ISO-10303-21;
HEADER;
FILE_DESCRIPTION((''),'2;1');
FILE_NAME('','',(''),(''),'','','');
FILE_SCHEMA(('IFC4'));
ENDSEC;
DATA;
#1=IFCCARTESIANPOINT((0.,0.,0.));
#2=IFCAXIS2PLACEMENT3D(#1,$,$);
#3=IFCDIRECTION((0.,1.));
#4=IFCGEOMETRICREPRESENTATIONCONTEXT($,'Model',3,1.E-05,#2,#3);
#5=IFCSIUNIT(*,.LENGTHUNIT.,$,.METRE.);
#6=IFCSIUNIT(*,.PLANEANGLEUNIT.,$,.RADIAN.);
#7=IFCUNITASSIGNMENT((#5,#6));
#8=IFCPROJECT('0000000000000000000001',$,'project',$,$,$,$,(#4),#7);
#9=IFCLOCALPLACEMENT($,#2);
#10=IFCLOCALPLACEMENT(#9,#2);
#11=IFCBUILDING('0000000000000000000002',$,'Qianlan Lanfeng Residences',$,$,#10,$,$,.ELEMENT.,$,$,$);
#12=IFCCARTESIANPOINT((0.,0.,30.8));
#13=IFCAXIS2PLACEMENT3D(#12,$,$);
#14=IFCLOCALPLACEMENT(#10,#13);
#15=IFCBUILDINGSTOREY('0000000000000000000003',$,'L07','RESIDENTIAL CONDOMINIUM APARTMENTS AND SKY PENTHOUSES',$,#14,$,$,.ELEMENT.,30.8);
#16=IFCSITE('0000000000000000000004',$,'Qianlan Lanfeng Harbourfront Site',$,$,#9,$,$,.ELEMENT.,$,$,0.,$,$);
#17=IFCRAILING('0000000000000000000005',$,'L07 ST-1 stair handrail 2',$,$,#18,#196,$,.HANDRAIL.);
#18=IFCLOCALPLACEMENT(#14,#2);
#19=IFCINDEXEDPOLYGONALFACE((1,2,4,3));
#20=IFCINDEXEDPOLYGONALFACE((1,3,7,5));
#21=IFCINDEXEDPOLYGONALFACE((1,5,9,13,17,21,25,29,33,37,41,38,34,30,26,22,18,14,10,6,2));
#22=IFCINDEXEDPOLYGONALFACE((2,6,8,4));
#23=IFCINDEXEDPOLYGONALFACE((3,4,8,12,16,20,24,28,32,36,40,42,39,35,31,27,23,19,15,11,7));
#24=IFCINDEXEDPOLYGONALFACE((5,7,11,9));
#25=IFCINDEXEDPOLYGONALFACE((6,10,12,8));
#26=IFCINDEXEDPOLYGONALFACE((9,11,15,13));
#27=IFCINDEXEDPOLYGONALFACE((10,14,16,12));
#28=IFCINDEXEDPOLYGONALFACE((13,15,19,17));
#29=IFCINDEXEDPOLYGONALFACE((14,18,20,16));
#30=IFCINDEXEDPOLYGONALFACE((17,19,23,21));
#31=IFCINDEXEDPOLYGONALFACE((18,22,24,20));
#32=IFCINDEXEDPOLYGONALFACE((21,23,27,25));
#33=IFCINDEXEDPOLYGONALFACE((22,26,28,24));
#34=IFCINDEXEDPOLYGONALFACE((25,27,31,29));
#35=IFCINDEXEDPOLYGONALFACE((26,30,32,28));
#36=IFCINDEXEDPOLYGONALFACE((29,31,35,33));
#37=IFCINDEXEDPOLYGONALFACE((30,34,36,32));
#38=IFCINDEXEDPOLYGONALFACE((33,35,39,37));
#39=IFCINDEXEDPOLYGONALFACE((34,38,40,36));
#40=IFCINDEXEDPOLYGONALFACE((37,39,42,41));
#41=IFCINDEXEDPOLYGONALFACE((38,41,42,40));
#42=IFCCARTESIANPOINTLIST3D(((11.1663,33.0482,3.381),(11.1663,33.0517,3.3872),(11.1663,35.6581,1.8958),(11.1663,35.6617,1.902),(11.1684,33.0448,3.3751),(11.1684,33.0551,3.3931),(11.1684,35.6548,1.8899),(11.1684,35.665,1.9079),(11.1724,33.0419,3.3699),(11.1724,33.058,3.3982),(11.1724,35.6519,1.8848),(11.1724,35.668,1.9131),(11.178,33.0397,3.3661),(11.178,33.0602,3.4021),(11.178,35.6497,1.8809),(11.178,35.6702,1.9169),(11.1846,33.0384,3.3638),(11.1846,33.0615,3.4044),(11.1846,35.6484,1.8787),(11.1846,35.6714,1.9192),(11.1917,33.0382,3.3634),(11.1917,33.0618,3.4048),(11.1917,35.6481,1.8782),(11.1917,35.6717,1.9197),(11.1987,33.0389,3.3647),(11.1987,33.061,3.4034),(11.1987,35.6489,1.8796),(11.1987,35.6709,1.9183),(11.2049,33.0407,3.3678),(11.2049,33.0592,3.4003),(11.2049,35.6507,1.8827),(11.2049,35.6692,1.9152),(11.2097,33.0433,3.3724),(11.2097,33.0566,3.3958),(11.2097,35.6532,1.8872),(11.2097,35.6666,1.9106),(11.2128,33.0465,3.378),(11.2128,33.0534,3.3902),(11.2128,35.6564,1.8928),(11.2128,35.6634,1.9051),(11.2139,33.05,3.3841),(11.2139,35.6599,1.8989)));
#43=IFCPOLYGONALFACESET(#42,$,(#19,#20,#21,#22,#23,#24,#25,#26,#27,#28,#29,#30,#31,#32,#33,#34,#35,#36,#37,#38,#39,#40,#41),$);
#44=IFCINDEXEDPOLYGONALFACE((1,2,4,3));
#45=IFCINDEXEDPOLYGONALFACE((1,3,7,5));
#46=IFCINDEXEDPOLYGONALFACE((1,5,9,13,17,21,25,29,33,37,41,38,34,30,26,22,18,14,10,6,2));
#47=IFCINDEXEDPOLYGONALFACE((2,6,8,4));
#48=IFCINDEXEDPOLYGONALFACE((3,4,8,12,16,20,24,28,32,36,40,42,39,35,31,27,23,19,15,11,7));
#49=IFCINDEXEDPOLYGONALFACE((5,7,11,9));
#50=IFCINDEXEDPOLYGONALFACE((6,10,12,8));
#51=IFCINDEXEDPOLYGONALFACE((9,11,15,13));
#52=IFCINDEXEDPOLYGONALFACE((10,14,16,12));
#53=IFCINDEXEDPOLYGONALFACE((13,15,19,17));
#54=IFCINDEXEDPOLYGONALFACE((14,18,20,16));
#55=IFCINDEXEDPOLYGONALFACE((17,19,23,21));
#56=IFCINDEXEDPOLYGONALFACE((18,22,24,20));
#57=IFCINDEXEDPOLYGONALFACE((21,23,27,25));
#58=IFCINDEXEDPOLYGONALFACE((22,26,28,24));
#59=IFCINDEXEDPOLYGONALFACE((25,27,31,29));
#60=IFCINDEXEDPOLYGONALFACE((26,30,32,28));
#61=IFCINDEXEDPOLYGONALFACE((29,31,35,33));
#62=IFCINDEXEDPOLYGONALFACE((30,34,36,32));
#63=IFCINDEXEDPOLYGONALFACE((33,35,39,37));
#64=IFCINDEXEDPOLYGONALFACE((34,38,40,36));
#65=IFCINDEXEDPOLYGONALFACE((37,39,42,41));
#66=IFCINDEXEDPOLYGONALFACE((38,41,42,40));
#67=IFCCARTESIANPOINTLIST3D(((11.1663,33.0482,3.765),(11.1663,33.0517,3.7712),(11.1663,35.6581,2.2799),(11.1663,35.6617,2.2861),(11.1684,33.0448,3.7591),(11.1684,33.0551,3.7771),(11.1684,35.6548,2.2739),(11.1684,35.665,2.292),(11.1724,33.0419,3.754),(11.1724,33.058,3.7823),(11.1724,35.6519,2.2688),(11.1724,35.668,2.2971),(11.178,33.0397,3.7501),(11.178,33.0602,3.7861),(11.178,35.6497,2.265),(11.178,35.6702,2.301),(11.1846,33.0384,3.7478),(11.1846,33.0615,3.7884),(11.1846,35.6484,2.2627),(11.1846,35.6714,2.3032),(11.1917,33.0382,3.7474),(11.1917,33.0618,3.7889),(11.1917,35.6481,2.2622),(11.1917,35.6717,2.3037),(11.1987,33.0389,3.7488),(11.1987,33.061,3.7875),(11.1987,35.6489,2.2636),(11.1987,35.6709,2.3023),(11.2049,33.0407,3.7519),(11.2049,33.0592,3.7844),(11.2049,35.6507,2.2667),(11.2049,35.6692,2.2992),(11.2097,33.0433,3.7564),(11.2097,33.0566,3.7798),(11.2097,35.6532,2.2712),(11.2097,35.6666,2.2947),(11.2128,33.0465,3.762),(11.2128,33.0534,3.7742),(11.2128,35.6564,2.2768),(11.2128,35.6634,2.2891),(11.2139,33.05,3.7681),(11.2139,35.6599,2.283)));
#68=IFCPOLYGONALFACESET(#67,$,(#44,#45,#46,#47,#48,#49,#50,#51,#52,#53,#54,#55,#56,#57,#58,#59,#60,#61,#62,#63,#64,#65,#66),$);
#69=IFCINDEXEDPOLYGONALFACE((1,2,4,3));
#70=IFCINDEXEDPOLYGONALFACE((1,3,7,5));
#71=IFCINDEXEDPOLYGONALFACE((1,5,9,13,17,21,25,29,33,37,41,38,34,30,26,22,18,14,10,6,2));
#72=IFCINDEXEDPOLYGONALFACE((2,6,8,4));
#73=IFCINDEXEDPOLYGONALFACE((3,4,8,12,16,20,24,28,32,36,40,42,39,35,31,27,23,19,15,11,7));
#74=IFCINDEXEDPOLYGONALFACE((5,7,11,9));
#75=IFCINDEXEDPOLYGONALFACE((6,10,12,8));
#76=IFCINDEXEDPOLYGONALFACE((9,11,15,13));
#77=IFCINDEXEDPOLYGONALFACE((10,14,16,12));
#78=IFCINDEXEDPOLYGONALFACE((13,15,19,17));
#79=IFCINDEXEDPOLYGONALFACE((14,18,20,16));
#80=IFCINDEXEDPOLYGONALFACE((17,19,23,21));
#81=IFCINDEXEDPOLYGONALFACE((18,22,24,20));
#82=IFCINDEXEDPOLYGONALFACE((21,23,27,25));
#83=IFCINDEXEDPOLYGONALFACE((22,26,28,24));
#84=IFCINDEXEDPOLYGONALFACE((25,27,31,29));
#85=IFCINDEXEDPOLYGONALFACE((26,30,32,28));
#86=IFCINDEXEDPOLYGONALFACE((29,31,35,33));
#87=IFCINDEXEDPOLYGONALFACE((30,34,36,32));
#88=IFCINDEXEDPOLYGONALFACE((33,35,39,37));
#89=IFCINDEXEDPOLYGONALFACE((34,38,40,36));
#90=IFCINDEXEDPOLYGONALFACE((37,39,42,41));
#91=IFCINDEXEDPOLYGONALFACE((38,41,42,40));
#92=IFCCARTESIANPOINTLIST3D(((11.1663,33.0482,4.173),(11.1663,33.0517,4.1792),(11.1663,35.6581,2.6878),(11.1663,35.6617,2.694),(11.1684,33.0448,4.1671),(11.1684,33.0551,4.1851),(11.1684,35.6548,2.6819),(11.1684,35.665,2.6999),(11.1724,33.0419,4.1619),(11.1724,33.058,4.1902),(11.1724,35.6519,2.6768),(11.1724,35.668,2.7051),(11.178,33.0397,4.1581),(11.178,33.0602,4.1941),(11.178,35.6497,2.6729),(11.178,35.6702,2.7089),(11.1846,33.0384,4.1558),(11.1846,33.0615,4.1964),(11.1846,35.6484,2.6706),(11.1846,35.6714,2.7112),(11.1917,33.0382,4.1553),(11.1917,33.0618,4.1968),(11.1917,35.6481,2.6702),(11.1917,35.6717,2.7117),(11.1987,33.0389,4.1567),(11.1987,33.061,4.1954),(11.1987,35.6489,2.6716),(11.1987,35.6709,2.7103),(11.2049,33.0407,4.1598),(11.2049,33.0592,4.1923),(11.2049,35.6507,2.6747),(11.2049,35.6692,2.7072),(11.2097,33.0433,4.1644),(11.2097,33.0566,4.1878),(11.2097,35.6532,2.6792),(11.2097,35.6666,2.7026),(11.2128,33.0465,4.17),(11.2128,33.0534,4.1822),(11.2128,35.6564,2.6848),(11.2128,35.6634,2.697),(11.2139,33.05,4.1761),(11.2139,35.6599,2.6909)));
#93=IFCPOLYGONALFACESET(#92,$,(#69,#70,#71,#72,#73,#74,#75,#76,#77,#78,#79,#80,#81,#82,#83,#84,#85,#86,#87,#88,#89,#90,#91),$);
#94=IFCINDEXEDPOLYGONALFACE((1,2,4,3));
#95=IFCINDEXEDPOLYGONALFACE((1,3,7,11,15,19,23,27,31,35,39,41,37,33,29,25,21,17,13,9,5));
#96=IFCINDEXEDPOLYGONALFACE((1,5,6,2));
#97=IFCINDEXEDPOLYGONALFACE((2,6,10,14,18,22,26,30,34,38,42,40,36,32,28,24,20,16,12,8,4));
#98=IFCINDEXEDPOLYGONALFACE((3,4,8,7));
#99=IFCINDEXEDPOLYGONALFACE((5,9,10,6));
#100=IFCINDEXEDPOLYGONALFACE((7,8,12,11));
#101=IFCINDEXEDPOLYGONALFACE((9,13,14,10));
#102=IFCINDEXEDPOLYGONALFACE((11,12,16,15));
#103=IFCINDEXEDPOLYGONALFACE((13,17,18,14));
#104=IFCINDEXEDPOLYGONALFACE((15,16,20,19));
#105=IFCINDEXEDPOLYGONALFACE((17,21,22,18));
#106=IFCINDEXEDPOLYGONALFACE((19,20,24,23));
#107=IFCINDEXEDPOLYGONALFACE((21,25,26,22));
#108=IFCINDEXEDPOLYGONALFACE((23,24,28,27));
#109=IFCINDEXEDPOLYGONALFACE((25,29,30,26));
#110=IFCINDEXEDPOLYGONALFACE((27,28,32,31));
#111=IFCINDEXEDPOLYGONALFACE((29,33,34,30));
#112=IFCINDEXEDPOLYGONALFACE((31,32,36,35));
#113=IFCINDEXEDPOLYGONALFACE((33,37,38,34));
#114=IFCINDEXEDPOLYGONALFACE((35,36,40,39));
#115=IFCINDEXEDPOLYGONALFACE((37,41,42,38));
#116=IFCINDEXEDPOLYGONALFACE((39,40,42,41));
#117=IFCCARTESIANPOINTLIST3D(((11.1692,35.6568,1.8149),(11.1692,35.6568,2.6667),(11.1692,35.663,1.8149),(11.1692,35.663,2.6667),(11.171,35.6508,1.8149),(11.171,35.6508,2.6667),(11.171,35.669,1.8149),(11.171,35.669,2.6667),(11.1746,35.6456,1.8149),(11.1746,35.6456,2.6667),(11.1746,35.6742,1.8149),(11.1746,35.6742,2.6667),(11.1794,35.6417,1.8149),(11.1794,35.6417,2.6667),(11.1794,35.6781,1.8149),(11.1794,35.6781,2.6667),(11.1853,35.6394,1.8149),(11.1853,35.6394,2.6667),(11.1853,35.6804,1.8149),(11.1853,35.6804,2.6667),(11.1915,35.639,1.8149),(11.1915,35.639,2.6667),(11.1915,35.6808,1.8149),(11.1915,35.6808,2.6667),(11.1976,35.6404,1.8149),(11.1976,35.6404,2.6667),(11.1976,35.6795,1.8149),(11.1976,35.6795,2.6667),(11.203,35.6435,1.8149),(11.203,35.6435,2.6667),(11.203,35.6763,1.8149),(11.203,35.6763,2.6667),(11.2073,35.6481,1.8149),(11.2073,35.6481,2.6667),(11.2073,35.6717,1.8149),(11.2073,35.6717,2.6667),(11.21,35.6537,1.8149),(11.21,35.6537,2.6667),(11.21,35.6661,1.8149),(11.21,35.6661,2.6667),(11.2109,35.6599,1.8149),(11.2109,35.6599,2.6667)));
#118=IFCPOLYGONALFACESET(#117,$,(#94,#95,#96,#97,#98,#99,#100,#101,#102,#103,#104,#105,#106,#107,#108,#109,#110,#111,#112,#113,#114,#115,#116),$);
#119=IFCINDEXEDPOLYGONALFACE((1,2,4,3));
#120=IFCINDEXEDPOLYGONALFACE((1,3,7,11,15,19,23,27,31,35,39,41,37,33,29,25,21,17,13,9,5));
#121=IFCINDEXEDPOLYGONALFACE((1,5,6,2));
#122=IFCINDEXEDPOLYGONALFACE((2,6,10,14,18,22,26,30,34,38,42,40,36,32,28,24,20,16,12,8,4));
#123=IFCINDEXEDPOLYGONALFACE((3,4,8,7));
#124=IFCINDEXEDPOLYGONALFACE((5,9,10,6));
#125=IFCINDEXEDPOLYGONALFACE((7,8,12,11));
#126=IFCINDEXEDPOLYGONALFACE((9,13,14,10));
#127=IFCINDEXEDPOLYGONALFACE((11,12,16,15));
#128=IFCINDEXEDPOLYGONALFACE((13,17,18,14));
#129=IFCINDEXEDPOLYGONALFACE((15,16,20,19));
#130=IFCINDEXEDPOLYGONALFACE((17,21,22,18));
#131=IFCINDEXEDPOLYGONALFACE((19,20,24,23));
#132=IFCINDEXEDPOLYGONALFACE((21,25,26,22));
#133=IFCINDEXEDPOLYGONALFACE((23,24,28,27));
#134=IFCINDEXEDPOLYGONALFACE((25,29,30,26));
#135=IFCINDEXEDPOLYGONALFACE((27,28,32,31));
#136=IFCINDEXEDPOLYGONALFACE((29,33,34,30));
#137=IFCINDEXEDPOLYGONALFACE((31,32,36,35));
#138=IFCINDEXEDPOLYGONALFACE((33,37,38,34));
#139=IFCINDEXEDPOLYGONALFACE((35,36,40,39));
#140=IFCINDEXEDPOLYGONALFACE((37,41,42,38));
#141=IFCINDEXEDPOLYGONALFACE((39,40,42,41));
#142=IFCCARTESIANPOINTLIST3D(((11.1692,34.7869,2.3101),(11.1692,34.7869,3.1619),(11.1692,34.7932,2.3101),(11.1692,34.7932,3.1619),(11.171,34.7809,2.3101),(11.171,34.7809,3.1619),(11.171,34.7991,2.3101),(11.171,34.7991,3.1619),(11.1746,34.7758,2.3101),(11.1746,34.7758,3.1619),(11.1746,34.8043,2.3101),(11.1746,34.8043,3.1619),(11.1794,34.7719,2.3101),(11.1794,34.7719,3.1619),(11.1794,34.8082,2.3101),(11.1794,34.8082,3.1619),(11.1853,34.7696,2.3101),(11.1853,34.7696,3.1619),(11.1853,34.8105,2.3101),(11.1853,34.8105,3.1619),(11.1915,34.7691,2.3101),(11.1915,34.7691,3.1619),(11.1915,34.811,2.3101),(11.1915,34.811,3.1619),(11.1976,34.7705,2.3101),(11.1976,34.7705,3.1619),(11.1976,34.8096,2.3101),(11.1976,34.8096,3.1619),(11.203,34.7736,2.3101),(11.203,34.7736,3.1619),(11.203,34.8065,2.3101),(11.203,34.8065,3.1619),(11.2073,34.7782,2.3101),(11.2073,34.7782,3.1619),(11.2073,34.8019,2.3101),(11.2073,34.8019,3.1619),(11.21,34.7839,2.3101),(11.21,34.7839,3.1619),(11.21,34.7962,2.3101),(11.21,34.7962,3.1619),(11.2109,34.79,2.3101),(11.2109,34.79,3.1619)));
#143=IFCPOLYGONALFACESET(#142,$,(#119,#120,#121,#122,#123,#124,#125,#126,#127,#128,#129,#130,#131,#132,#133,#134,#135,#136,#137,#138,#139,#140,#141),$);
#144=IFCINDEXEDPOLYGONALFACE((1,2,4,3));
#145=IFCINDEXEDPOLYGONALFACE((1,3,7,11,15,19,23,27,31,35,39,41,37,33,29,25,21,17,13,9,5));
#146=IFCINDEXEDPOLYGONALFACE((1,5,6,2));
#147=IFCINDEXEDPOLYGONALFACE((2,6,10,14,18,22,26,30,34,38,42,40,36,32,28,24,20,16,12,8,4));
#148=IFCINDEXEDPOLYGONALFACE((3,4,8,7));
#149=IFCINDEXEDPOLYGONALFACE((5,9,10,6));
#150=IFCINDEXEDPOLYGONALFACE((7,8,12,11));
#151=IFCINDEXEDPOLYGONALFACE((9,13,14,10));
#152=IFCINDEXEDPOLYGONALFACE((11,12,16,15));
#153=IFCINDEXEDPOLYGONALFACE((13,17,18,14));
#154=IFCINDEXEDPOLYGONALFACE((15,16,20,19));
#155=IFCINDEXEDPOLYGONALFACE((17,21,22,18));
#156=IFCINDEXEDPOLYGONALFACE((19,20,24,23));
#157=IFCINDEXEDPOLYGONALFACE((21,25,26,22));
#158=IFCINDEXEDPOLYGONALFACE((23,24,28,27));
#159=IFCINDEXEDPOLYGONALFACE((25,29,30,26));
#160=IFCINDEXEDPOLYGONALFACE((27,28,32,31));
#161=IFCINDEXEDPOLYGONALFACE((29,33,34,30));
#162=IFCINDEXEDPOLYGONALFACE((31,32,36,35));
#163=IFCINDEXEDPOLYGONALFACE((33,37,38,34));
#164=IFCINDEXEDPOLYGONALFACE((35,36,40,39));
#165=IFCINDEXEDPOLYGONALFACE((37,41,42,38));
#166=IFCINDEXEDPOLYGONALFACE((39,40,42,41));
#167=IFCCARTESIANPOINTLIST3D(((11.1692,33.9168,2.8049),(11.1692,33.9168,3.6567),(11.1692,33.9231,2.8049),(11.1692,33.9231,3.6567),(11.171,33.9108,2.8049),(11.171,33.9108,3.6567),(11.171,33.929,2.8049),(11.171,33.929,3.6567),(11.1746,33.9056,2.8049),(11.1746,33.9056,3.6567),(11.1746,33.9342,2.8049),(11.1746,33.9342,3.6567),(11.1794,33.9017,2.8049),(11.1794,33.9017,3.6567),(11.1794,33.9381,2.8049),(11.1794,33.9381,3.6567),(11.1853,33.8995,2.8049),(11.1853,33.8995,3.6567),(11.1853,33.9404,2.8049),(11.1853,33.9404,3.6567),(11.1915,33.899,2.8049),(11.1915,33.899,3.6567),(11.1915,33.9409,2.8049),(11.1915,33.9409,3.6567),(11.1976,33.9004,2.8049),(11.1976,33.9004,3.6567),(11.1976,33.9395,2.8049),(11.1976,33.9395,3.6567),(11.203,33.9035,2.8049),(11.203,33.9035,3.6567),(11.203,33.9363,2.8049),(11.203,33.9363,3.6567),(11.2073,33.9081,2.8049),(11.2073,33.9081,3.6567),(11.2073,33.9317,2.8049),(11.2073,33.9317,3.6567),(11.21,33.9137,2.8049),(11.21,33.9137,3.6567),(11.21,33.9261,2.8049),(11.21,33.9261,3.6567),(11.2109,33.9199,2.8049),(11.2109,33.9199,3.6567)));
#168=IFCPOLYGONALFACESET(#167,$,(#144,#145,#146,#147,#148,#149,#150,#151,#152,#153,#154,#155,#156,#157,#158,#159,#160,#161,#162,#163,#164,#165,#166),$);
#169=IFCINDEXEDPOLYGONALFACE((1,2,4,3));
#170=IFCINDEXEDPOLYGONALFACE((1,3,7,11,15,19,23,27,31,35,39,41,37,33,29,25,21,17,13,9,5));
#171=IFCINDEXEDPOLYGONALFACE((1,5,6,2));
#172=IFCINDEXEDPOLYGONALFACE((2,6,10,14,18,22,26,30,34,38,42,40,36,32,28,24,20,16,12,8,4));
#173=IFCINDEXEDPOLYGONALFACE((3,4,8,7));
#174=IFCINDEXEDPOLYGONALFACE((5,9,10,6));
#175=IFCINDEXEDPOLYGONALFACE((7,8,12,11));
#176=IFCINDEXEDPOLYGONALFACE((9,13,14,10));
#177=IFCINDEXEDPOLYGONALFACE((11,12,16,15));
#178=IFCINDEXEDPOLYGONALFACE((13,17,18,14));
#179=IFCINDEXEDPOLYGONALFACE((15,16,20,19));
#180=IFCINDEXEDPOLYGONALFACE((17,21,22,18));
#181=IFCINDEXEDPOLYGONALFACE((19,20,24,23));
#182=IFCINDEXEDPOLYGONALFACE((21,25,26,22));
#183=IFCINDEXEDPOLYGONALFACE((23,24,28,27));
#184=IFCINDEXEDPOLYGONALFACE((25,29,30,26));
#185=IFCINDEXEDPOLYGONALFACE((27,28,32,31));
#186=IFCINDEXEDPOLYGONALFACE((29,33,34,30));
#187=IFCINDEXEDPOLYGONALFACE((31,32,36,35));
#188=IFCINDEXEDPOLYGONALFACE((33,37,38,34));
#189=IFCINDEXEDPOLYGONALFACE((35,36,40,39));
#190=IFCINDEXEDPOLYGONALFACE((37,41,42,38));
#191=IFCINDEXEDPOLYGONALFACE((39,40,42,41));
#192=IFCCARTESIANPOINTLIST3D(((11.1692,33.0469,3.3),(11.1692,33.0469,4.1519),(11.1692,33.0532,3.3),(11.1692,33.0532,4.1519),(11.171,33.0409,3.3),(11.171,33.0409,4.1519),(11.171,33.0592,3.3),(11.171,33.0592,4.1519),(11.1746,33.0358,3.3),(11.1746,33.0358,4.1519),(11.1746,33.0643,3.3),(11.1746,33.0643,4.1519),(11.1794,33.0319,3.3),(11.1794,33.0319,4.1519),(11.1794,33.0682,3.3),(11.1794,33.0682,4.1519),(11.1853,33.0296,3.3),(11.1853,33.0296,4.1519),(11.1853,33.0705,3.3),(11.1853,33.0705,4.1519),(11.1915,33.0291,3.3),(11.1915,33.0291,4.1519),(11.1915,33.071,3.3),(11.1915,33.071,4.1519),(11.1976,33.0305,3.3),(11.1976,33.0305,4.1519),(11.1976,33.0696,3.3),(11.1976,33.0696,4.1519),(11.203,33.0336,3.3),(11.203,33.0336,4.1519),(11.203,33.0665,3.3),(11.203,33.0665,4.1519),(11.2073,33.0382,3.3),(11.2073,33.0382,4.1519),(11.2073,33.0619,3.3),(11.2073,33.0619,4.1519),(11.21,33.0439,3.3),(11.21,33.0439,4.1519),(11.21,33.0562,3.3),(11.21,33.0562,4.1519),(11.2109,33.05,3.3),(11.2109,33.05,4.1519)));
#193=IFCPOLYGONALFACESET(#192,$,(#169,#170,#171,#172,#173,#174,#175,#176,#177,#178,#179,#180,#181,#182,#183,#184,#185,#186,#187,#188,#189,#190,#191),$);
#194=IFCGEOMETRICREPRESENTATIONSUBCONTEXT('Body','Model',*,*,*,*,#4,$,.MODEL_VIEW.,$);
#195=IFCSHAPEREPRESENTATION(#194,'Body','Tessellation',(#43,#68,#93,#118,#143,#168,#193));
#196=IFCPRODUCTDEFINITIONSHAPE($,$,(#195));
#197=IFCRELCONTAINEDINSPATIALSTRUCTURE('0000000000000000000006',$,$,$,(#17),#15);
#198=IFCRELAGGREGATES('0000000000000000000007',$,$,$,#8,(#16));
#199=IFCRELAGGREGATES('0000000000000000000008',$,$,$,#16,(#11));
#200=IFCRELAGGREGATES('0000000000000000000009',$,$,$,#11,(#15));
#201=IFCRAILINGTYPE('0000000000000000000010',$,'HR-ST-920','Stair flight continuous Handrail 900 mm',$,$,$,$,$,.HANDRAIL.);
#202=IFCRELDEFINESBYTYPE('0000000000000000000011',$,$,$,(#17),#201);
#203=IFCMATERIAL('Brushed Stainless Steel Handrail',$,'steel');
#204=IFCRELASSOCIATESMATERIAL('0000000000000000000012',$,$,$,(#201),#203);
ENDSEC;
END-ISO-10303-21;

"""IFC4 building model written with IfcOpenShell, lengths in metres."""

from ifc_helpers import new_model, si_unit, direction, frame, origin, origin_2d, place, context, subcontext, project, spatial, circle, extrude, material, type_object, element, save


model = new_model("IFC4")

# Units and contexts
model_context = context("Model", 3, precision=1e-05, world=origin(), true_north=direction((0.0, 1.0)))
body_context = subcontext(model_context, "Body", "Model", "MODEL_VIEW")
ifc_project = project(units=[si_unit("LENGTHUNIT", "METRE"), si_unit("PLANEANGLEUNIT", "RADIAN")], contexts=[model_context])

# Site, building, storey
site_placement = place(None, origin())
site = spatial("IfcSite", under=ifc_project, at=site_placement, Name="Qianlan Lanfeng Harbourfront Site", CompositionType="ELEMENT", RefElevation=0.0)
building_placement = place(site_placement, origin())
building = spatial("IfcBuilding", under=site, at=building_placement, Name="Qianlan Lanfeng Residences", CompositionType="ELEMENT")
storey_placement = place(building_placement, frame((0.0, 0.0, 30.8)))
storey = spatial("IfcBuildingStorey", under=building, at=storey_placement, Name="L07", Description="RESIDENTIAL CONDOMINIUM APARTMENTS AND SKY PENTHOUSES", CompositionType="ELEMENT", Elevation=30.8)

# Railing
ifc_material_1 = material(Name="Brushed Stainless Steel Handrail", Category="steel")
railing_type_1 = type_object("IfcRailingType", Name="HR-ST-920", Description="Stair flight continuous Handrail 900 mm", PredefinedType="HANDRAIL", material=ifc_material_1)
railing_1_placement = place(storey_placement, frame((11.1899, 35.6599, 1.8149)))
element("IfcRailing", 1, at=railing_1_placement, inside=storey, type_object=railing_type_1, Name="L07 ST-1 stair handrail 2", PredefinedType="HANDRAIL", context=body_context, shape_type="SweptSolid", body=[
    extrude(circle(Radius=0.0239, at=origin_2d()), frame((0.0, 0.0, 0.084), z_axis=(0.0, -0.869137, 0.494571), x_axis=(1.0, 0.0, 0.0)), (0.0, 0.0, 1.0), 3.0029),
    extrude(circle(Radius=0.0239, at=origin_2d()), frame((0.0, 0.0, 0.468), z_axis=(0.0, -0.869137, 0.494571), x_axis=(1.0, 0.0, 0.0)), (0.0, 0.0, 1.0), 3.0029),
    extrude(circle(Radius=0.0239, at=origin_2d()), frame((0.0, 0.0, 0.876), z_axis=(0.0, -0.869137, 0.494571), x_axis=(1.0, 0.0, 0.0)), (0.0, 0.0, 1.0), 3.0029),
    extrude(circle(Radius=0.021, at=origin_2d()), origin(), (0.0, 0.0, 1.0), 0.8518),
    extrude(circle(Radius=0.021, at=origin_2d()), frame((0.0, -0.8699, 0.4951)), (0.0, 0.0, 1.0), 0.8518),
    extrude(circle(Radius=0.021, at=origin_2d()), frame((0.0, -1.74, 0.99)), (0.0, 0.0, 1.0), 0.8518),
    extrude(circle(Radius=0.021, at=origin_2d()), frame((0.0, -2.6099, 1.4851)), (0.0, 0.0, 1.0), 0.8518),
])

save(model, "model.ifc")
